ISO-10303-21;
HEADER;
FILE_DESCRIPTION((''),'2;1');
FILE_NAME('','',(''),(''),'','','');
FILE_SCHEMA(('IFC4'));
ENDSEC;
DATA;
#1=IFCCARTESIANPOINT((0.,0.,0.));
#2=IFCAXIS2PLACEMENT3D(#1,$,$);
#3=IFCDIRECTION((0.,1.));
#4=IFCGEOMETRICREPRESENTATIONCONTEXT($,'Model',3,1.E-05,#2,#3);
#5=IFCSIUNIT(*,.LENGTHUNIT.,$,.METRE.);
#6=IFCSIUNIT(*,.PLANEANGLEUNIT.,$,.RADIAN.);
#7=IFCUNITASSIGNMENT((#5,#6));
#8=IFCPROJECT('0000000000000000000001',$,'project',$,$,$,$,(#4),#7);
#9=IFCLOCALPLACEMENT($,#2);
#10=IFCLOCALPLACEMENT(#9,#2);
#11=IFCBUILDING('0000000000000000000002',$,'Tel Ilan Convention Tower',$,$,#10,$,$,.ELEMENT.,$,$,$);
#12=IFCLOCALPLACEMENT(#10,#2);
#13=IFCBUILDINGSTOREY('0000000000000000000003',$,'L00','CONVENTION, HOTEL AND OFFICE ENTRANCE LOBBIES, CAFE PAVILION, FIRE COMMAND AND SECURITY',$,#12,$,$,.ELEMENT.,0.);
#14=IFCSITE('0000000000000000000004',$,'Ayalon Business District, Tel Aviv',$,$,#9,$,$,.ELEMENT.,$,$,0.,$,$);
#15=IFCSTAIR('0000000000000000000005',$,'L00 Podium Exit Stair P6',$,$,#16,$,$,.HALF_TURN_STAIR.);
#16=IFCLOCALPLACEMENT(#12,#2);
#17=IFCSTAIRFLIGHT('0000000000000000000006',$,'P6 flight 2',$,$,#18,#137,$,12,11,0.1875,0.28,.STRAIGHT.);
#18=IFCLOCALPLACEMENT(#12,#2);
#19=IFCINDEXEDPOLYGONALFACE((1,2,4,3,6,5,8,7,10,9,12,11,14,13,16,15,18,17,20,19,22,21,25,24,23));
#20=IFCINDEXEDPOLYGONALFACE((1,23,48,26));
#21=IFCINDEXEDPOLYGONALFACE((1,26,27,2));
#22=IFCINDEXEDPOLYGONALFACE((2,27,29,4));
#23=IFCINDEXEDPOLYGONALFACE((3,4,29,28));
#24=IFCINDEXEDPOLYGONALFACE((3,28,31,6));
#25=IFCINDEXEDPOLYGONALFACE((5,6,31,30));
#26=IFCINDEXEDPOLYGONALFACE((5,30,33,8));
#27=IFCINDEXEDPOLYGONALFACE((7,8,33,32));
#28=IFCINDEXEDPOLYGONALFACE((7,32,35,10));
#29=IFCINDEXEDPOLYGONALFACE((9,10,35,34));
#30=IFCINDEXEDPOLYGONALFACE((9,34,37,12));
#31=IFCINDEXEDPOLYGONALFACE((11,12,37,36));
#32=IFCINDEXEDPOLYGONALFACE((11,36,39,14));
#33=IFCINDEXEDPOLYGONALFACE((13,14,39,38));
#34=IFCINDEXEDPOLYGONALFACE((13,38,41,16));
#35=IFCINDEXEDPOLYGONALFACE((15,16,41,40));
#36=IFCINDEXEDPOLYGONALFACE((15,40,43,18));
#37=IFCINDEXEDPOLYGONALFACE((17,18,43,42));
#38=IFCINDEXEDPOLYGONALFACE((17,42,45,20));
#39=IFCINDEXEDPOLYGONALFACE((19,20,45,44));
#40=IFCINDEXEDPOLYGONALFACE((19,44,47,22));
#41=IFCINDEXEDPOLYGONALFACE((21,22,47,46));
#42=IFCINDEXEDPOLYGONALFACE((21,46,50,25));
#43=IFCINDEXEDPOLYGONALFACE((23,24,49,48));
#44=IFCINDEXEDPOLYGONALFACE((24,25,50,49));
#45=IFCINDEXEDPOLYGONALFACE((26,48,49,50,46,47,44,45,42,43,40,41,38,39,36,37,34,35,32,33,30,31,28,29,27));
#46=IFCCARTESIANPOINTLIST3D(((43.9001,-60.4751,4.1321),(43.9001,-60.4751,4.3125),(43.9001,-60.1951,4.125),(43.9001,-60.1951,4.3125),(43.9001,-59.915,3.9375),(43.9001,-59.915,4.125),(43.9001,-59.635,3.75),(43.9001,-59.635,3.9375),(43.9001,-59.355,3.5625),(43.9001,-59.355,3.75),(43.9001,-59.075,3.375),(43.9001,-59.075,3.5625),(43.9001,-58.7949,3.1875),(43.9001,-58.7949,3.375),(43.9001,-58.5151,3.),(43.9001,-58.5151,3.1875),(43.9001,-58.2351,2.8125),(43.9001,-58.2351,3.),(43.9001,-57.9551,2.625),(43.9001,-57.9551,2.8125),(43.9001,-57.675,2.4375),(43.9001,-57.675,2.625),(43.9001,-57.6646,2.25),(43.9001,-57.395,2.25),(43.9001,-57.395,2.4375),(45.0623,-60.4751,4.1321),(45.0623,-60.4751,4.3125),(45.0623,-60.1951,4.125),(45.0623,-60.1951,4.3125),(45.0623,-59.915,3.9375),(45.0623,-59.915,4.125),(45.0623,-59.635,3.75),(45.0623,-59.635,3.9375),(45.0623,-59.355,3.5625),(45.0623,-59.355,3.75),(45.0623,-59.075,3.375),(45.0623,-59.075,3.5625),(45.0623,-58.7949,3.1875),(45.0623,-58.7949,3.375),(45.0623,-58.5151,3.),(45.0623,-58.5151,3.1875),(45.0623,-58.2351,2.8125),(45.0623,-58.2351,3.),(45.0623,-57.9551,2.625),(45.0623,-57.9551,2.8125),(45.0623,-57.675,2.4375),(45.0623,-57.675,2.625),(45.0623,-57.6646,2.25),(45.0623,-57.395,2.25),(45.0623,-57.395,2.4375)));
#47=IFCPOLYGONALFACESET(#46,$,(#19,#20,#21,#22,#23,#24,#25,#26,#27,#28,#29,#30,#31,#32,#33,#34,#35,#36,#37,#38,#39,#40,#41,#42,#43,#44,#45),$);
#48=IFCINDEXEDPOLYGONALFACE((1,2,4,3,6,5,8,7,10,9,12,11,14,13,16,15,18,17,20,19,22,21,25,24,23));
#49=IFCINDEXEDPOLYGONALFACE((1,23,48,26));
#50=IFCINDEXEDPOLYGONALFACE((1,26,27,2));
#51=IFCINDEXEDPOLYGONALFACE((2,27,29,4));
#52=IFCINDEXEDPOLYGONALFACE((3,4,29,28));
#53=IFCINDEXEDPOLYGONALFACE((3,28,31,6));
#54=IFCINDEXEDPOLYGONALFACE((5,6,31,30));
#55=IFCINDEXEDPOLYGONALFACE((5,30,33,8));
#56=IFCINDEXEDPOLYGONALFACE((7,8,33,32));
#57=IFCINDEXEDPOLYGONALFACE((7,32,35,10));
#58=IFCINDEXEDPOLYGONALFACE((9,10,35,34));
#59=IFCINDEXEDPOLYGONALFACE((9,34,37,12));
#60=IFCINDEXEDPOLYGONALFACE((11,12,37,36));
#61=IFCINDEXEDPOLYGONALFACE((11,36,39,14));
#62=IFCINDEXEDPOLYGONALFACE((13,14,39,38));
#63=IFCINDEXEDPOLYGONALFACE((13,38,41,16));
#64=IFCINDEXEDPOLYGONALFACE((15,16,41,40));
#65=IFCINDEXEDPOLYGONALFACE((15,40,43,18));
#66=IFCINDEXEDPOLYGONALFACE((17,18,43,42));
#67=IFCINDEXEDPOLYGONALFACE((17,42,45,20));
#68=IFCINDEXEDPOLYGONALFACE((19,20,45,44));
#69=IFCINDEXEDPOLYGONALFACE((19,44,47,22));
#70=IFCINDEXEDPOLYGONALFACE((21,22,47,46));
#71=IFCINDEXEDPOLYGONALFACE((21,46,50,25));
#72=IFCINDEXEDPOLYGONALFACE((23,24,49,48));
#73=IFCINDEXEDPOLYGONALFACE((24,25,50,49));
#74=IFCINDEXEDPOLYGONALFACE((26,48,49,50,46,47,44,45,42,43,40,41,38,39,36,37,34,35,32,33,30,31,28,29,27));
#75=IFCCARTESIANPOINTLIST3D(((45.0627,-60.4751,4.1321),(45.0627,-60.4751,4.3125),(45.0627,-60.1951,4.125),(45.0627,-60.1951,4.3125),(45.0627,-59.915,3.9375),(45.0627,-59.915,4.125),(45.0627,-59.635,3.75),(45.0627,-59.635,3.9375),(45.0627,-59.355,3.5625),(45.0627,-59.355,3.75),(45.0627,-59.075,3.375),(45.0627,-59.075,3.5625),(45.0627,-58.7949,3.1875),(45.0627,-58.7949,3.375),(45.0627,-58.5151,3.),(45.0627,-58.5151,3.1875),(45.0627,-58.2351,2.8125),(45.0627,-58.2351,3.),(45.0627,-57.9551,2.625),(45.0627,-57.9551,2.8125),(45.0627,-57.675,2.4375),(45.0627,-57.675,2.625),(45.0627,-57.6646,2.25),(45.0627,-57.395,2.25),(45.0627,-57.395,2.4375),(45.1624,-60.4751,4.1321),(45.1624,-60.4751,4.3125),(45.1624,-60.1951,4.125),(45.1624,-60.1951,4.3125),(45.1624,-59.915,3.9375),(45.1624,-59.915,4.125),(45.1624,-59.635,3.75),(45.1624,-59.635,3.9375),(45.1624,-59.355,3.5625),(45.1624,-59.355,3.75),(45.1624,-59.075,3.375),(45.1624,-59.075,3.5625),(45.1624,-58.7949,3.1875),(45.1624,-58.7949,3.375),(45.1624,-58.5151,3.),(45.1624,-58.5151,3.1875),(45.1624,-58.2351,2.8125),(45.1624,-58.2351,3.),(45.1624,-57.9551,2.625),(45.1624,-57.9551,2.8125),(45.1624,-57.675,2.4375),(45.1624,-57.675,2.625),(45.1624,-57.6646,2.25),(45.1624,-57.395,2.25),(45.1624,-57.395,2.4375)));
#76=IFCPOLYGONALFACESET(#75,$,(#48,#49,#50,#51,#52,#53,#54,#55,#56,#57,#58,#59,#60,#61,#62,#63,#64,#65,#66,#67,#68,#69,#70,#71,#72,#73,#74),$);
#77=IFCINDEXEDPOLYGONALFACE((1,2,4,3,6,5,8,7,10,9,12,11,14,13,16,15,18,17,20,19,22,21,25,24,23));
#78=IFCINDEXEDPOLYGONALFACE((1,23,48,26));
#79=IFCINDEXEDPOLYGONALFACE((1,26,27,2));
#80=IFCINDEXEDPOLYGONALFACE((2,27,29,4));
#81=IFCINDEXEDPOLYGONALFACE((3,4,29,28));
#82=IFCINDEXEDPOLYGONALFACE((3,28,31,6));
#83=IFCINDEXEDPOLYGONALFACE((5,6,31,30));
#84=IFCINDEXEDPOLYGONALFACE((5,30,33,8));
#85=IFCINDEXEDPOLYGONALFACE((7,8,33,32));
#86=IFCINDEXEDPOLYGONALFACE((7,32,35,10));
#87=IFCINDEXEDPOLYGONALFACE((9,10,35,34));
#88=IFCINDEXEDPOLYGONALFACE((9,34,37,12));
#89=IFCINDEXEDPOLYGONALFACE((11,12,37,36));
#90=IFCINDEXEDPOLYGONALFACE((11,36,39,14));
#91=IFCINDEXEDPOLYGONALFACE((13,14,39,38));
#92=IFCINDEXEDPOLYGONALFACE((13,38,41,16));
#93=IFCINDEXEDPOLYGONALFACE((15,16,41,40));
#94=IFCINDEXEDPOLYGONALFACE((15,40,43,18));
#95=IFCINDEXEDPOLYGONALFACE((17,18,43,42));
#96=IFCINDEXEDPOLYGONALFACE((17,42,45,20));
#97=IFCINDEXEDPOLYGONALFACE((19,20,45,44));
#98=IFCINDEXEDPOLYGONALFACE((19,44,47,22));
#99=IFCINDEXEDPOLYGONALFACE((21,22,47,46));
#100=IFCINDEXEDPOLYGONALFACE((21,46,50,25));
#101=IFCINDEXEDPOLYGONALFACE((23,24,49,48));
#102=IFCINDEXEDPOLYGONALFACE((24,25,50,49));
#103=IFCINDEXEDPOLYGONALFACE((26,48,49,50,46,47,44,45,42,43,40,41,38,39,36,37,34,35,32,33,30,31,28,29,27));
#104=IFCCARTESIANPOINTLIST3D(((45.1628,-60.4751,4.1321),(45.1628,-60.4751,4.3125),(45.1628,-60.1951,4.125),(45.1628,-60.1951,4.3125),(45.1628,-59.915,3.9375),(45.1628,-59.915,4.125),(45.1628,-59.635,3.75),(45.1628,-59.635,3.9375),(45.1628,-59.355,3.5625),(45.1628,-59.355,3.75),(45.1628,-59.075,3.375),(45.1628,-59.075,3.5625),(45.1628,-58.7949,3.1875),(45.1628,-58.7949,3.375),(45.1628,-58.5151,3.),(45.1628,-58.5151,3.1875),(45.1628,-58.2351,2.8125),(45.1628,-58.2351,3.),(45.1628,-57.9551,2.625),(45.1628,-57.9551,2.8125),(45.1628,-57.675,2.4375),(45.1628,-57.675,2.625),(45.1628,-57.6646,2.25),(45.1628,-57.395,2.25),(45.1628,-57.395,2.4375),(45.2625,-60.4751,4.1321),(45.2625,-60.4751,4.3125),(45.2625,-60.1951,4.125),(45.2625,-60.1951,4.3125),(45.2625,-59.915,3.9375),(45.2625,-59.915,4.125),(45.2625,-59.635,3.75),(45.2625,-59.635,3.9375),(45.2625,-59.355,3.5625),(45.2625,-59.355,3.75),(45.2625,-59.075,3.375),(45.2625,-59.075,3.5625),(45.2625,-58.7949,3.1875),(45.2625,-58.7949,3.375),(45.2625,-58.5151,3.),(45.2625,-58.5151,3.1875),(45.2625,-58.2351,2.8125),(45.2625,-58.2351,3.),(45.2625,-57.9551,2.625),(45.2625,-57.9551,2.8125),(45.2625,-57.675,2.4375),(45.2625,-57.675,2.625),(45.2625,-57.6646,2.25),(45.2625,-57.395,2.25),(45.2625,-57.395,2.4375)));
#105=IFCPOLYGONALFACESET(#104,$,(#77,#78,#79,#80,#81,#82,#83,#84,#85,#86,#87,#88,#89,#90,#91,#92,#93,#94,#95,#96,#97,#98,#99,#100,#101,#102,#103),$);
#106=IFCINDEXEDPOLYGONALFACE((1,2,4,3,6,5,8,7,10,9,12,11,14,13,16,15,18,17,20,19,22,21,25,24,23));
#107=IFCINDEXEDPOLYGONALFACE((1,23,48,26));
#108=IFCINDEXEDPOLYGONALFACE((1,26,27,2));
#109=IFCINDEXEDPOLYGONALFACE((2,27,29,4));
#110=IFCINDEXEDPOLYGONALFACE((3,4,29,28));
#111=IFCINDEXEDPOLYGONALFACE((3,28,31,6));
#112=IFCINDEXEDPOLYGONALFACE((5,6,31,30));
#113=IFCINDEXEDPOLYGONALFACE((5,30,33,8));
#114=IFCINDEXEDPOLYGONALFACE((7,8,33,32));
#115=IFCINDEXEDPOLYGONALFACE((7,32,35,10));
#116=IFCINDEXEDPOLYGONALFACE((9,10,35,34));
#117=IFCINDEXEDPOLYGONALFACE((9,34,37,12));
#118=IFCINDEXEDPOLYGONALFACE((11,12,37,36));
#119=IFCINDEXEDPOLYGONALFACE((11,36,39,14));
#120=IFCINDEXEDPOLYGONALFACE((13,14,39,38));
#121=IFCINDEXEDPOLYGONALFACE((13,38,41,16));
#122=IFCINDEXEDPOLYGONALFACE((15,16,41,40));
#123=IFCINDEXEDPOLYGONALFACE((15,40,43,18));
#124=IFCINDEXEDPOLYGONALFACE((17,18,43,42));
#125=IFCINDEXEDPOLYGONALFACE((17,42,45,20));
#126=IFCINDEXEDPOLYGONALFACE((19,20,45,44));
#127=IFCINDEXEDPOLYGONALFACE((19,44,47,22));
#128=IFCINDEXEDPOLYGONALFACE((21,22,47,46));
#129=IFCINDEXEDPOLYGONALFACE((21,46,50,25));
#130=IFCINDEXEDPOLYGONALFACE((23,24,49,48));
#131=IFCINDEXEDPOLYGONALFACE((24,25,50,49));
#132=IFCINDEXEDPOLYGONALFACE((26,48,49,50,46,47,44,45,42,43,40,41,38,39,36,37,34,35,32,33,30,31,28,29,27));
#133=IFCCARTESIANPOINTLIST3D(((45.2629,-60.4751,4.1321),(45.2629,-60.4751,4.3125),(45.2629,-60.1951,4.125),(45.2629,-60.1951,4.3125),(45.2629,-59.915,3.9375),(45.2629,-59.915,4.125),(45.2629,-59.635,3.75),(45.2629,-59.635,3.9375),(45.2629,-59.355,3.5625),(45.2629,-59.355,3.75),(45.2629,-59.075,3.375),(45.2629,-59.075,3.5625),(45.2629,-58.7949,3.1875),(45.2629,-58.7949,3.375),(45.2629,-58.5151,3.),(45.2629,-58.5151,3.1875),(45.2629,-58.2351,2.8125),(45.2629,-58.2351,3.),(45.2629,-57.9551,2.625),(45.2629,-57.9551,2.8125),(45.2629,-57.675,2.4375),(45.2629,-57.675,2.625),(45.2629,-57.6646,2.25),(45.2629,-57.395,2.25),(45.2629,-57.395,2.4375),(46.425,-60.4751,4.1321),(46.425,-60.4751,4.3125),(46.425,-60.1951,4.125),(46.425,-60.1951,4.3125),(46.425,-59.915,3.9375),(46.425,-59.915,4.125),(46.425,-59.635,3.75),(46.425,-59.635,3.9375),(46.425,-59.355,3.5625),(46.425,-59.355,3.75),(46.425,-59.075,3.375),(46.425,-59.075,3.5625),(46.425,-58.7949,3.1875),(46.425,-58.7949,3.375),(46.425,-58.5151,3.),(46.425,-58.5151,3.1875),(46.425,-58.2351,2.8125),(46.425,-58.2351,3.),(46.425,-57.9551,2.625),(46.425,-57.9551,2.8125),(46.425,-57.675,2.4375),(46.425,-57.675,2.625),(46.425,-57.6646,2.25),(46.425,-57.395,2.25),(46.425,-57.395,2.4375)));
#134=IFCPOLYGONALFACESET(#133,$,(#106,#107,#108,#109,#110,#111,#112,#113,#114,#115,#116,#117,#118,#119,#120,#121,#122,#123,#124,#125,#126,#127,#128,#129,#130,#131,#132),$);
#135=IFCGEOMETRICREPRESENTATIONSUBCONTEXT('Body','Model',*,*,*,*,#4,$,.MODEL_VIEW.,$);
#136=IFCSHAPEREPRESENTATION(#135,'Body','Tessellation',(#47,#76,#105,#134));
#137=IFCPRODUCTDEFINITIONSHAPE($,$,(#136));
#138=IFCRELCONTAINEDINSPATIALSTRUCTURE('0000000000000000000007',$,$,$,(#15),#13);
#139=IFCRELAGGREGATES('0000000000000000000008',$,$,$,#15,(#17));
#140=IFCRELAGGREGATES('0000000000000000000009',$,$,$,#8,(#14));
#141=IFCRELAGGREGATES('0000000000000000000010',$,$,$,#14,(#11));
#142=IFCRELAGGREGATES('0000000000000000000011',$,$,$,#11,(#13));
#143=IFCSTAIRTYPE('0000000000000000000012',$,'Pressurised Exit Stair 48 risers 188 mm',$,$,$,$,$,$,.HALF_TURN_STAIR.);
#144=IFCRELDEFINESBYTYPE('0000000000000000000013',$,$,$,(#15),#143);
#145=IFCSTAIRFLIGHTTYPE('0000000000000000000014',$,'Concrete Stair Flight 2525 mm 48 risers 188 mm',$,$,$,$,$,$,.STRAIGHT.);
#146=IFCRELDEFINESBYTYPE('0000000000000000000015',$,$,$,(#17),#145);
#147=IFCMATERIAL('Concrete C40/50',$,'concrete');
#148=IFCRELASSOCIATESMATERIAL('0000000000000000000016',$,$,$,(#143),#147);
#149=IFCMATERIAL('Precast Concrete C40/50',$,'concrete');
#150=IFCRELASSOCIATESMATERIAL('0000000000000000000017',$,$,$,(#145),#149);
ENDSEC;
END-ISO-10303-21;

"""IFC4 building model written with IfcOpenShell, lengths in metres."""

from ifc_helpers import new_model, si_unit, direction, frame, origin, place, context, subcontext, project, spatial, polyline, outline, extrude, material, type_object, element, aggregate, save


model = new_model("IFC4")

# Units and contexts
model_context = context("Model", 3, precision=1e-05, world=origin(), true_north=direction((0.0, 1.0)))
body_context = subcontext(model_context, "Body", "Model", "MODEL_VIEW")
ifc_project = project(units=[si_unit("LENGTHUNIT", "METRE"), si_unit("PLANEANGLEUNIT", "RADIAN")], contexts=[model_context])

# Site, building, storey
site_placement = place(None, origin())
site = spatial("IfcSite", under=ifc_project, at=site_placement, Name="Ayalon Business District, Tel Aviv", CompositionType="ELEMENT", RefElevation=0.0)
building_placement = place(site_placement, origin())
building = spatial("IfcBuilding", under=site, at=building_placement, Name="Tel Ilan Convention Tower", CompositionType="ELEMENT")
storey_placement = place(building_placement, origin())
storey = spatial("IfcBuildingStorey", under=building, at=storey_placement, Name="L00", Description="CONVENTION, HOTEL AND OFFICE ENTRANCE LOBBIES, CAFE PAVILION, FIRE COMMAND AND SECURITY", CompositionType="ELEMENT", Elevation=0.0)

# Stair, stair flight
ifc_material_1 = material(Name="Concrete C40/50", Category="concrete")
stair_type = type_object("IfcStairType", Name="Pressurised Exit Stair 48 risers 188 mm", PredefinedType="HALF_TURN_STAIR", material=ifc_material_1)
stair_1_placement = place(storey_placement, origin())
stair_1 = element("IfcStair", 1, at=stair_1_placement, inside=storey, type_object=stair_type, Name="L00 Podium Exit Stair P6", PredefinedType="HALF_TURN_STAIR")
ifc_material_2 = material(Name="Precast Concrete C40/50", Category="concrete")
stair_flight_type = type_object("IfcStairFlightType", Name="Concrete Stair Flight 2525 mm 48 risers 188 mm", PredefinedType="STRAIGHT", material=ifc_material_2)
stair_flight_1_placement = place(storey_placement, frame((45.1626, -57.395, 2.25), z_axis=(0.0, 0.0, 1.0), x_axis=(0.0, -1.0, 0.0)))
stair_flight_1 = element("IfcStairFlight", 2, at=stair_flight_1_placement, type_object=stair_flight_type, Name="P6 flight 2", NumberOfRisers=12, NumberOfTreads=11, PredefinedType="STRAIGHT", RiserHeight=0.1875, TreadLength=0.28, context=body_context, shape_type="SweptSolid", body=[
    extrude(outline(polyline([(0.0, 0.0), (0.0, 0.1875), (0.28, 0.1875), (0.28, 0.375), (0.5601, 0.375), (0.5601, 0.5625), (0.8401, 0.5625), (0.8401, 0.75), (1.1201, 0.75), (1.1201, 0.9375), (1.3999, 0.9375), (1.3999, 1.125), (1.6799, 1.125), (1.6799, 1.3125), (1.96, 1.3125), (1.96, 1.5), (2.24, 1.5), (2.24, 1.6875), (2.52, 1.6875), (2.52, 1.875), (2.8, 1.875), (2.8, 2.0625), (3.0801, 2.0625), (3.0801, 2.25), (3.0801, 1.8821), (0.2695, 0.0), (0.0, 0.0)])), frame((0.0, -0.1003, 0.0), z_axis=(0.0, -1.0, 0.0), x_axis=(1.0, 0.0, 0.0)), (0.0, 0.0, 1.0), 1.1621),
    extrude(outline(polyline([(0.0, 0.0), (0.0, 0.1875), (0.28, 0.1875), (0.28, 0.375), (0.5601, 0.375), (0.5601, 0.5625), (0.8401, 0.5625), (0.8401, 0.75), (1.1201, 0.75), (1.1201, 0.9375), (1.3999, 0.9375), (1.3999, 1.125), (1.6799, 1.125), (1.6799, 1.3125), (1.96, 1.3125), (1.96, 1.5), (2.24, 1.5), (2.24, 1.6875), (2.52, 1.6875), (2.52, 1.875), (2.8, 1.875), (2.8, 2.0625), (3.0801, 2.0625), (3.0801, 2.25), (3.0801, 1.8821), (0.2695, 0.0), (0.0, 0.0)])), frame((0.0, -0.0002, 0.0), z_axis=(0.0, -1.0, 0.0), x_axis=(1.0, 0.0, 0.0)), (0.0, 0.0, 1.0), 0.0996),
    extrude(outline(polyline([(0.0, 0.0), (0.0, 0.1875), (0.28, 0.1875), (0.28, 0.375), (0.5601, 0.375), (0.5601, 0.5625), (0.8401, 0.5625), (0.8401, 0.75), (1.1201, 0.75), (1.1201, 0.9375), (1.3999, 0.9375), (1.3999, 1.125), (1.6799, 1.125), (1.6799, 1.3125), (1.96, 1.3125), (1.96, 1.5), (2.24, 1.5), (2.24, 1.6875), (2.52, 1.6875), (2.52, 1.875), (2.8, 1.875), (2.8, 2.0625), (3.0801, 2.0625), (3.0801, 2.25), (3.0801, 1.8821), (0.2695, 0.0), (0.0, 0.0)])), frame((0.0, 0.0999, 0.0), z_axis=(0.0, -1.0, 0.0), x_axis=(1.0, 0.0, 0.0)), (0.0, 0.0, 1.0), 0.0996),
    extrude(outline(polyline([(0.0, 0.0), (0.0, 0.1875), (0.28, 0.1875), (0.28, 0.375), (0.5601, 0.375), (0.5601, 0.5625), (0.8401, 0.5625), (0.8401, 0.75), (1.1201, 0.75), (1.1201, 0.9375), (1.3999, 0.9375), (1.3999, 1.125), (1.6799, 1.125), (1.6799, 1.3125), (1.96, 1.3125), (1.96, 1.5), (2.24, 1.5), (2.24, 1.6875), (2.52, 1.6875), (2.52, 1.875), (2.8, 1.875), (2.8, 2.0625), (3.0801, 2.0625), (3.0801, 2.25), (3.0801, 1.8821), (0.2695, 0.0), (0.0, 0.0)])), frame((0.0, 1.2625, 0.0), z_axis=(0.0, -1.0, 0.0), x_axis=(1.0, 0.0, 0.0)), (0.0, 0.0, 1.0), 1.1621),
])
aggregate(stair_1, [stair_flight_1])

save(model, "model.ifc")
